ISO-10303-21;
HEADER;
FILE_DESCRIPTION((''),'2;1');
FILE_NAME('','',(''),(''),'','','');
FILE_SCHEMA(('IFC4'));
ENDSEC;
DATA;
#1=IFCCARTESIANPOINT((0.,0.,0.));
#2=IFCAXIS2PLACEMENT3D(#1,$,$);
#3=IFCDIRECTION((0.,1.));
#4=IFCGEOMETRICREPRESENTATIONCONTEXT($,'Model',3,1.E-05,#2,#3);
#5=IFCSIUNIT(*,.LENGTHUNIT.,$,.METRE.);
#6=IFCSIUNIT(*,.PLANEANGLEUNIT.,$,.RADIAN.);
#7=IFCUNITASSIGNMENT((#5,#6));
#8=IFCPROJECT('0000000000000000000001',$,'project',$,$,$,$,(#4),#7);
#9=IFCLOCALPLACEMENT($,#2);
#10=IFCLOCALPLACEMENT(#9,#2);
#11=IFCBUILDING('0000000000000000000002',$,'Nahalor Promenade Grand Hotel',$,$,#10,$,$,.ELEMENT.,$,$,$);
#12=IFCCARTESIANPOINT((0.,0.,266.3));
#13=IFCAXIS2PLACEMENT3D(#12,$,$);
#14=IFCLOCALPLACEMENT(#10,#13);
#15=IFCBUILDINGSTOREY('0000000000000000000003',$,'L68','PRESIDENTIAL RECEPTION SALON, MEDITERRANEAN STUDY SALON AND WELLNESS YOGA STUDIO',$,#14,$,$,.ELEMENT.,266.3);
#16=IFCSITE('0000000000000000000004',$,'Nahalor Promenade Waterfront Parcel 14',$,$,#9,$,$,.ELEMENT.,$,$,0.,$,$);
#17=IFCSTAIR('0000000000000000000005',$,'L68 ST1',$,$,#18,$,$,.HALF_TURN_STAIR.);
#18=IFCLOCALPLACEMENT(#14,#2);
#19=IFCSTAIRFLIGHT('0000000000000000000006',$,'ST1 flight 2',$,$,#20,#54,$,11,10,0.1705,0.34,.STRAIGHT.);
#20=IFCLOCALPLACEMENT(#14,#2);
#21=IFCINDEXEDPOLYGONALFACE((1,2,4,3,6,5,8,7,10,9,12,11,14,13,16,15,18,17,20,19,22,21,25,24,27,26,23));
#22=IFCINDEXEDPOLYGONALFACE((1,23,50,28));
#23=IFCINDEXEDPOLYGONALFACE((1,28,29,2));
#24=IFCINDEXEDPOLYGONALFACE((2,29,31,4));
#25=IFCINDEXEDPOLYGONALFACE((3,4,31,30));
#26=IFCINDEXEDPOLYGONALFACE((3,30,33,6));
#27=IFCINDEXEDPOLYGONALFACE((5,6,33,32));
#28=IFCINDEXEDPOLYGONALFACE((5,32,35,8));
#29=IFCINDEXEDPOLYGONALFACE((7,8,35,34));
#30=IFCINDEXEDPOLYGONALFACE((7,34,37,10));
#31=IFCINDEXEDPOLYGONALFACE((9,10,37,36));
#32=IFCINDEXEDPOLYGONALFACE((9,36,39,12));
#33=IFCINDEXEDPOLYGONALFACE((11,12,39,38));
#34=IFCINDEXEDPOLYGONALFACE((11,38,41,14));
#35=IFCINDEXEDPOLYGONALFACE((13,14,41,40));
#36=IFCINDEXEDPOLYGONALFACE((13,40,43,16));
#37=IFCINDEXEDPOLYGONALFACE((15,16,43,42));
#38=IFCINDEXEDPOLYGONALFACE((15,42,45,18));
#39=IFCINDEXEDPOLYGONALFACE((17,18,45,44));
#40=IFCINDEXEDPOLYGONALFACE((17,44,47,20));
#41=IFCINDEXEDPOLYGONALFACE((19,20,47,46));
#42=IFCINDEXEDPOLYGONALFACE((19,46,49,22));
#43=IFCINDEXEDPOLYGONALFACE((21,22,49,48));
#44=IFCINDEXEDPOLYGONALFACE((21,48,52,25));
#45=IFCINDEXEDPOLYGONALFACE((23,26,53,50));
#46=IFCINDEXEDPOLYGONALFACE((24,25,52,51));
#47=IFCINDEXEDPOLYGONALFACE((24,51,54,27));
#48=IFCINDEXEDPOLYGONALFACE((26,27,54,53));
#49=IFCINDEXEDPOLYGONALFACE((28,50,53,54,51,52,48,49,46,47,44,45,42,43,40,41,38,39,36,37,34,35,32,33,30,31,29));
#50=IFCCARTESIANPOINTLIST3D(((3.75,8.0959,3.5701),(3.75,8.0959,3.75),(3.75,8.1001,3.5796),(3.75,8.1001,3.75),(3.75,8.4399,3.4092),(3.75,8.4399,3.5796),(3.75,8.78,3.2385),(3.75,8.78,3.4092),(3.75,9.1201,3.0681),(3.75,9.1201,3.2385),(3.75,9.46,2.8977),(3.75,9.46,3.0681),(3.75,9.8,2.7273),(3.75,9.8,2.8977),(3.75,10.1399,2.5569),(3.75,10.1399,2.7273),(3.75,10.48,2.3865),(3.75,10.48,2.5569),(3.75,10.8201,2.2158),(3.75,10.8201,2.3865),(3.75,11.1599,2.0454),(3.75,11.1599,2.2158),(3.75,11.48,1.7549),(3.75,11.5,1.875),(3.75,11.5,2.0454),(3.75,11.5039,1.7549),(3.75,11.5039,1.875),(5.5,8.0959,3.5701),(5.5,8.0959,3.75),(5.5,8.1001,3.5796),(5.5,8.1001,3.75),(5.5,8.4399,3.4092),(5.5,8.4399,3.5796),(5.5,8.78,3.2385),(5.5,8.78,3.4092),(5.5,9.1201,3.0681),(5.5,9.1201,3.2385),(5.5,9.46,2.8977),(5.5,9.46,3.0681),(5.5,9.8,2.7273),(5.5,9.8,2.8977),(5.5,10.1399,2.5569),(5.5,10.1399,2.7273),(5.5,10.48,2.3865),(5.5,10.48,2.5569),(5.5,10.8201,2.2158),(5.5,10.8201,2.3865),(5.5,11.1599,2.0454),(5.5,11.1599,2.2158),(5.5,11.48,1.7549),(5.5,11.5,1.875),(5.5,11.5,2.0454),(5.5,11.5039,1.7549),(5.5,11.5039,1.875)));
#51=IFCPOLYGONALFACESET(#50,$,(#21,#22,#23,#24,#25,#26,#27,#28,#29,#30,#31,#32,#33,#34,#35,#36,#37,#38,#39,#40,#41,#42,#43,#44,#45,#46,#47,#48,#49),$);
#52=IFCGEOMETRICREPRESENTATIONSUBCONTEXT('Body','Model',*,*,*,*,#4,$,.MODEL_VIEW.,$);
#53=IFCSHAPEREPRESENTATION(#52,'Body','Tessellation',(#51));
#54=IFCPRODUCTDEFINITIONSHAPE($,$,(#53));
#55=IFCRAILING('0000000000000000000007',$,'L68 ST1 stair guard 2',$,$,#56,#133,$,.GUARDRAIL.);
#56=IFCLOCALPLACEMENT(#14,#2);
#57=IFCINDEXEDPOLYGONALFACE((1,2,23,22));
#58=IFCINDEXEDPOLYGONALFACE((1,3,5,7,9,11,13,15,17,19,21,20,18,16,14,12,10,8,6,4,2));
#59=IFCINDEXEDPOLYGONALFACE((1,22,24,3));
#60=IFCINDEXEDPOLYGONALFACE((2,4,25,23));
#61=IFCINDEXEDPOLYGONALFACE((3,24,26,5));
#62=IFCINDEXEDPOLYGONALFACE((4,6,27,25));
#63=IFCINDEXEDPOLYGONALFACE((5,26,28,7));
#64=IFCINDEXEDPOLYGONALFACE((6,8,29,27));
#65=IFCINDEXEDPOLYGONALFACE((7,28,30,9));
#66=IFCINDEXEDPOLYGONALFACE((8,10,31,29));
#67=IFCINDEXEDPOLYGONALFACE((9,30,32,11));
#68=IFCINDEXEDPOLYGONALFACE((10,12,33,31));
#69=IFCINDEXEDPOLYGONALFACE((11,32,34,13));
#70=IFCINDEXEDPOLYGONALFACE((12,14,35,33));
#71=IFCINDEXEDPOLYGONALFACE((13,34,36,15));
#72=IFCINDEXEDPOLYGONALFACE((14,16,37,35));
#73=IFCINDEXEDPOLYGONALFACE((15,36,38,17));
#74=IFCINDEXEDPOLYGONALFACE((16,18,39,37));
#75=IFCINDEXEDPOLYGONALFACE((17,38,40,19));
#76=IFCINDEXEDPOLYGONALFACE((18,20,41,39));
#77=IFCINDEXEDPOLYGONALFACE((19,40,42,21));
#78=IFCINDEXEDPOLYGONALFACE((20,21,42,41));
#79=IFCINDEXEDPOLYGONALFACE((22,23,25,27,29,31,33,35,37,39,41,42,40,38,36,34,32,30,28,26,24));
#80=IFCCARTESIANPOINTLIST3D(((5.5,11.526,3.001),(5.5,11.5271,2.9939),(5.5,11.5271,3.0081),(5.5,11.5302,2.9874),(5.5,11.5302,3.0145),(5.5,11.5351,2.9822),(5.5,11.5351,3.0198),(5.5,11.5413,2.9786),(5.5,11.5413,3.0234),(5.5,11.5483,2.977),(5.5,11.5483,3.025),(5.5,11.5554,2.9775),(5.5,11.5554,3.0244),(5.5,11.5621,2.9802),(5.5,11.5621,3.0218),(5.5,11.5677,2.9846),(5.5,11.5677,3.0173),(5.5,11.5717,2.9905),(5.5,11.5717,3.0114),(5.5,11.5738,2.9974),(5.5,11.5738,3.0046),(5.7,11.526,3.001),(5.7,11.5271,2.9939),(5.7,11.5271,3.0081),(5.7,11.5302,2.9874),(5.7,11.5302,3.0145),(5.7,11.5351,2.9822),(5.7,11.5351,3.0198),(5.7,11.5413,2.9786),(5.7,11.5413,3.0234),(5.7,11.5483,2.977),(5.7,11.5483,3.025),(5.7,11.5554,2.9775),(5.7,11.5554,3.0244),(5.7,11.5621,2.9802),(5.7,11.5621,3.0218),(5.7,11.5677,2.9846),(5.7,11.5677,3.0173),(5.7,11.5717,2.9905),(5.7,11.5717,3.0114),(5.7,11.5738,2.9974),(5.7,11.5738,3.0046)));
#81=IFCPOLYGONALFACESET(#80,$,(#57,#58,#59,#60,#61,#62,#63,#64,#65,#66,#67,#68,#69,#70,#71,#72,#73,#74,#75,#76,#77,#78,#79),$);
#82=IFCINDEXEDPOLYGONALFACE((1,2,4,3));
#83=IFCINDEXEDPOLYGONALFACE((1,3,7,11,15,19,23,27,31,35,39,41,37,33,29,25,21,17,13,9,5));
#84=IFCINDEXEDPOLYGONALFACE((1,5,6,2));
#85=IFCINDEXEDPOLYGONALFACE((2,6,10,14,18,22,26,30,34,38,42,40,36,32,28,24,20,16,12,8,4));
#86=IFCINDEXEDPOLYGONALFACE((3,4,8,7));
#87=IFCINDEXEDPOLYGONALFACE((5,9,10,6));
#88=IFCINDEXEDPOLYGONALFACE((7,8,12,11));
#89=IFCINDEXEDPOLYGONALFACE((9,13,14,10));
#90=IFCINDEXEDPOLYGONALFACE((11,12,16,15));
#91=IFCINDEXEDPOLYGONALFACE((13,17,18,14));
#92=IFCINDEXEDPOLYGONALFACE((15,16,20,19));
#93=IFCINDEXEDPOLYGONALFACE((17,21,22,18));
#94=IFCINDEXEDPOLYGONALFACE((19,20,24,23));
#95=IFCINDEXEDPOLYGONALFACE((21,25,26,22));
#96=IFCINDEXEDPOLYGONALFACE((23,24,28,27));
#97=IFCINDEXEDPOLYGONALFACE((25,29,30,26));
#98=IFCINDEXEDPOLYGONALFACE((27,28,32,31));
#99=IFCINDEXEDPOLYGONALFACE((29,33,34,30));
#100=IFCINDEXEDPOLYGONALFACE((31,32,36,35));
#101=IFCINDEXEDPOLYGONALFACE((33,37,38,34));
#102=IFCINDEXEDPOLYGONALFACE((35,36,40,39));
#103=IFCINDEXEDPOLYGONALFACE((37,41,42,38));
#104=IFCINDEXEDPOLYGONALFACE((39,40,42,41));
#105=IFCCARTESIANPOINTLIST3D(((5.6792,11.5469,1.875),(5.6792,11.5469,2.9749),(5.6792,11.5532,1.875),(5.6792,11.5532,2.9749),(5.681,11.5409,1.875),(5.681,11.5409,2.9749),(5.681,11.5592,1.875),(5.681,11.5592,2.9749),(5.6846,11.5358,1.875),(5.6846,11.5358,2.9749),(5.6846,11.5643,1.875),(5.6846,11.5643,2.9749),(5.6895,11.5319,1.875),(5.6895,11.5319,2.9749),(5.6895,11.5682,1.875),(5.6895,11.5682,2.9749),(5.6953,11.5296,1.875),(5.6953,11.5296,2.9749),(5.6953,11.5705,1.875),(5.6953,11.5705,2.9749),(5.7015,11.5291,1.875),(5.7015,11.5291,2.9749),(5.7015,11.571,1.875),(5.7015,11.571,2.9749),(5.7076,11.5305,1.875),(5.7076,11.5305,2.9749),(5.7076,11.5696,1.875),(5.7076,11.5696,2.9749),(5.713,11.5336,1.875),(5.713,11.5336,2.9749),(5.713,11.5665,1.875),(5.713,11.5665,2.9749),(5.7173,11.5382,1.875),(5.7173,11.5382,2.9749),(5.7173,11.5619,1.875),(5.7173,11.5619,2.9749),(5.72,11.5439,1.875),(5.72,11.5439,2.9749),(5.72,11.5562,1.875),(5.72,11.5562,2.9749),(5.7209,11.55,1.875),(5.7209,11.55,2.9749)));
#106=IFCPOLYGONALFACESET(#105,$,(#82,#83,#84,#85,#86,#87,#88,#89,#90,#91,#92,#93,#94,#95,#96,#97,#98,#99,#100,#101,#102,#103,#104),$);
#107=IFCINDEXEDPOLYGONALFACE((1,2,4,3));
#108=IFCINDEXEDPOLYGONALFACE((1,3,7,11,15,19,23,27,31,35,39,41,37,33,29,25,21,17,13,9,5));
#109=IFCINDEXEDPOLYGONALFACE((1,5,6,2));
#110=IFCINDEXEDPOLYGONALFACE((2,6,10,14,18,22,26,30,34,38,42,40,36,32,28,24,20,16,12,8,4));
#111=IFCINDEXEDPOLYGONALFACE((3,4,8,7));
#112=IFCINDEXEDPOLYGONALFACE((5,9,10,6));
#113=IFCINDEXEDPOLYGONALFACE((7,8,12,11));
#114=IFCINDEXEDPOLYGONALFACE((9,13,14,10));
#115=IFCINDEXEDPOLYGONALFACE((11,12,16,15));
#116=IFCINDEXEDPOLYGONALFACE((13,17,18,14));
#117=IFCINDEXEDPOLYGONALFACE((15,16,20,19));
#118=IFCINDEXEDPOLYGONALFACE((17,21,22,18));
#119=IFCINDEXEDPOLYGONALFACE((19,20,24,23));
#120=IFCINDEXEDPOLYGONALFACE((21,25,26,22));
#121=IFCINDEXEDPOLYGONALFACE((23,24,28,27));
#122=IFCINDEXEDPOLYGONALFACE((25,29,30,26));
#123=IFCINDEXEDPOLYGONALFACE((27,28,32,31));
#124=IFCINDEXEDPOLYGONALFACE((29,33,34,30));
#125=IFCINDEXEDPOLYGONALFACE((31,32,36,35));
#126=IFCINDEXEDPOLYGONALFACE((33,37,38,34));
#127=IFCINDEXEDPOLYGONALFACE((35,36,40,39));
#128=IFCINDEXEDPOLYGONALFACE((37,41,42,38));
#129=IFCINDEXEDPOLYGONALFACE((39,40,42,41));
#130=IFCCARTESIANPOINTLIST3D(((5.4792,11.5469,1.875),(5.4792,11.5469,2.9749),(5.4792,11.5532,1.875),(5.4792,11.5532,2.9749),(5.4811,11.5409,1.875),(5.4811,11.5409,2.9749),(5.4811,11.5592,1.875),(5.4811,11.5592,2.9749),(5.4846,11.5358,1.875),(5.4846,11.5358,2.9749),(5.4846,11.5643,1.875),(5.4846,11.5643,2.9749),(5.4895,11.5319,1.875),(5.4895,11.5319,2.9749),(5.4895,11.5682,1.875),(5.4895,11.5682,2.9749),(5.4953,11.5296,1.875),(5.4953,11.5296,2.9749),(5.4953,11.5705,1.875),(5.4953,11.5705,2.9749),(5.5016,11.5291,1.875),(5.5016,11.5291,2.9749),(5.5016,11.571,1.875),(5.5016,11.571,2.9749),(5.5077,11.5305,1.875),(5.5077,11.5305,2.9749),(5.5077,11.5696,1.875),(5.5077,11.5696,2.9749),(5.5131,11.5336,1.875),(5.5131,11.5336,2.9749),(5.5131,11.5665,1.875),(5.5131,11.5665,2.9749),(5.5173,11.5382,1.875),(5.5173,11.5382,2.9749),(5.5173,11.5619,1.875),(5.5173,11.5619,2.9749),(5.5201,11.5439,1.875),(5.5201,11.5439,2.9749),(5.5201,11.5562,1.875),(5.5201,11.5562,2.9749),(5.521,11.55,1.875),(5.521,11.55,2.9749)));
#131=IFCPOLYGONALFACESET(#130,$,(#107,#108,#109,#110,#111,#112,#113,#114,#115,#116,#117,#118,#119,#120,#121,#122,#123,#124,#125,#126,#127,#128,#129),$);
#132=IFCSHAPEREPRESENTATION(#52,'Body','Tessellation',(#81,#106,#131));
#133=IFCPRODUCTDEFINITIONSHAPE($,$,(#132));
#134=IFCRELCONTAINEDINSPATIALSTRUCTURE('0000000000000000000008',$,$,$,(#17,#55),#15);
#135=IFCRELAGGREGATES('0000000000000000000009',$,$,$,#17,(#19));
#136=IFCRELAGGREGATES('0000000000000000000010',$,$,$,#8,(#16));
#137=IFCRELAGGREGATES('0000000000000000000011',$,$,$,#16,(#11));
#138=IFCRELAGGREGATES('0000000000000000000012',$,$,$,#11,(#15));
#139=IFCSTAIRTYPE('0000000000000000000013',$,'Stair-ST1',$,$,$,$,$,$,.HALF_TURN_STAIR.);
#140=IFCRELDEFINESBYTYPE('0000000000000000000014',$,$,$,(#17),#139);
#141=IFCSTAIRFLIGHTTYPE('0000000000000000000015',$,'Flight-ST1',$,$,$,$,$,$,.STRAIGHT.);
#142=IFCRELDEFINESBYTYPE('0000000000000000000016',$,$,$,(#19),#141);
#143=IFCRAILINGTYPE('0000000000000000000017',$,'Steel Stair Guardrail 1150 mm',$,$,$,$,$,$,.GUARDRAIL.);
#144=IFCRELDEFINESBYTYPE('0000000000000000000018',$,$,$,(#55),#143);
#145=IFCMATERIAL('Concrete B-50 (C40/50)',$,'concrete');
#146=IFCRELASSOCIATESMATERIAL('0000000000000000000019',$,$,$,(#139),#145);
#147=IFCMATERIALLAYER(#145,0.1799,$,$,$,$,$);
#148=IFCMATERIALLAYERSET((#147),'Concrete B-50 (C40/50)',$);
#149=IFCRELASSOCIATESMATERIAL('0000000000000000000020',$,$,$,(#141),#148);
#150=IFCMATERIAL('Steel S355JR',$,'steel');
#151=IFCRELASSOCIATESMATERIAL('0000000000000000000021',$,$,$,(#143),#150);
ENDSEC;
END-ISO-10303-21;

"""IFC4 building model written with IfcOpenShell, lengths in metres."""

from ifc_helpers import new_model, si_unit, direction, frame, origin, origin_2d, place, context, subcontext, project, spatial, polyline, circle, outline, extrude, source, transform, mapped, material, layer, layer_set, type_object, element, aggregate, save


model = new_model("IFC4")

# Units and contexts
model_context = context("Model", 3, precision=1e-05, world=origin(), true_north=direction((0.0, 1.0)))
body_context = subcontext(model_context, "Body", "Model", "MODEL_VIEW")
ifc_project = project(units=[si_unit("LENGTHUNIT", "METRE"), si_unit("PLANEANGLEUNIT", "RADIAN")], contexts=[model_context])

# Site, building, storey
site_placement = place(None, origin())
site = spatial("IfcSite", under=ifc_project, at=site_placement, Name="Nahalor Promenade Waterfront Parcel 14", CompositionType="ELEMENT", RefElevation=0.0)
building_placement = place(site_placement, origin())
building = spatial("IfcBuilding", under=site, at=building_placement, Name="Nahalor Promenade Grand Hotel", CompositionType="ELEMENT")
storey_placement = place(building_placement, frame((0.0, 0.0, 266.3)))
storey = spatial("IfcBuildingStorey", under=building, at=storey_placement, Name="L68", Description="PRESIDENTIAL RECEPTION SALON, MEDITERRANEAN STUDY SALON AND WELLNESS YOGA STUDIO", CompositionType="ELEMENT", Elevation=266.3)

# Shared definitions
ifc_material_1 = material(Name="Concrete B-50 (C40/50)", Category="concrete")
ifc_material_2 = material(Name="Steel S355JR", Category="steel")

# Stair, stair flight
stair_type = type_object("IfcStairType", Name="Stair-ST1", PredefinedType="HALF_TURN_STAIR", material=ifc_material_1)
stair_placement = place(storey_placement, origin())
stair = element("IfcStair", 1, at=stair_placement, inside=storey, type_object=stair_type, Name="L68 ST1", PredefinedType="HALF_TURN_STAIR")
ifc_layer_1 = layer(ifc_material_1, 0.1799)
ifc_layer_set_1 = layer_set([ifc_layer_1], Name="Concrete B-50 (C40/50)")
stair_flight_type = type_object("IfcStairFlightType", Name="Flight-ST1", PredefinedType="STRAIGHT", material=ifc_layer_set_1)
shared_shape_1 = source(origin(), body_context, "Body", "SweptSolid", [
    extrude(outline(polyline([(-0.0039, -0.1201), (-0.0039, 0.0), (0.0, 0.0), (0.0, 0.1704), (0.3401, 0.1704), (0.3401, 0.3408), (0.6799, 0.3408), (0.6799, 0.5115), (1.02, 0.5115), (1.02, 0.6819), (1.3601, 0.6819), (1.3601, 0.8523), (1.7, 0.8523), (1.7, 1.0227), (2.04, 1.0227), (2.04, 1.1931), (2.3799, 1.1931), (2.3799, 1.3635), (2.72, 1.3635), (2.72, 1.5342), (3.0601, 1.5342), (3.0601, 1.7046), (3.3999, 1.7046), (3.3999, 1.875), (3.4041, 1.875), (3.4041, 1.6951), (0.02, -0.1201), (-0.0039, -0.1201)])), frame((0.0, 0.875, 0.0), z_axis=(0.0, -1.0, 0.0), x_axis=(1.0, 0.0, 0.0)), (0.0, 0.0, 1.0), 1.75),
])
stair_flight_placement = place(storey_placement, frame((4.625, 11.5, 1.875), z_axis=(0.0, 0.0, 1.0), x_axis=(0.0, -1.0, 0.0)))
stair_flight = element("IfcStairFlight", 2, at=stair_flight_placement, type_object=stair_flight_type, Name="ST1 flight 2", NumberOfRisers=11, NumberOfTreads=10, PredefinedType="STRAIGHT", RiserHeight=0.1705, TreadLength=0.34, context=body_context, shape_type="MappedRepresentation", body=[
    mapped(shared_shape_1, transform((0.0, 0.0, 0.0), scale=1.0)),
])
aggregate(stair, [stair_flight])

# Railing
railing_type = type_object("IfcRailingType", Name="Steel Stair Guardrail 1150 mm", PredefinedType="GUARDRAIL", material=ifc_material_2)
railing_1_placement = place(storey_placement, frame((5.7, 11.55, 1.875)))
element("IfcRailing", 3, at=railing_1_placement, inside=storey, type_object=railing_type, Name="L68 ST1 stair guard 2", PredefinedType="GUARDRAIL", context=body_context, shape_type="SweptSolid", body=[
    extrude(circle(Radius=0.024, at=origin_2d()), frame((0.0, 0.0, 1.126), z_axis=(-1.0, 0.0, 0.0), x_axis=(0.0, -1.0, 0.0)), (0.0, 0.0, 1.0), 0.2),
    extrude(circle(Radius=0.021, at=origin_2d()), origin(), (0.0, 0.0, 1.0), 1.0999),
    extrude(circle(Radius=0.021, at=origin_2d()), frame((-0.2, 0.0, 0.0)), (0.0, 0.0, 1.0), 1.0999),
])

save(model, "model.ifc")
